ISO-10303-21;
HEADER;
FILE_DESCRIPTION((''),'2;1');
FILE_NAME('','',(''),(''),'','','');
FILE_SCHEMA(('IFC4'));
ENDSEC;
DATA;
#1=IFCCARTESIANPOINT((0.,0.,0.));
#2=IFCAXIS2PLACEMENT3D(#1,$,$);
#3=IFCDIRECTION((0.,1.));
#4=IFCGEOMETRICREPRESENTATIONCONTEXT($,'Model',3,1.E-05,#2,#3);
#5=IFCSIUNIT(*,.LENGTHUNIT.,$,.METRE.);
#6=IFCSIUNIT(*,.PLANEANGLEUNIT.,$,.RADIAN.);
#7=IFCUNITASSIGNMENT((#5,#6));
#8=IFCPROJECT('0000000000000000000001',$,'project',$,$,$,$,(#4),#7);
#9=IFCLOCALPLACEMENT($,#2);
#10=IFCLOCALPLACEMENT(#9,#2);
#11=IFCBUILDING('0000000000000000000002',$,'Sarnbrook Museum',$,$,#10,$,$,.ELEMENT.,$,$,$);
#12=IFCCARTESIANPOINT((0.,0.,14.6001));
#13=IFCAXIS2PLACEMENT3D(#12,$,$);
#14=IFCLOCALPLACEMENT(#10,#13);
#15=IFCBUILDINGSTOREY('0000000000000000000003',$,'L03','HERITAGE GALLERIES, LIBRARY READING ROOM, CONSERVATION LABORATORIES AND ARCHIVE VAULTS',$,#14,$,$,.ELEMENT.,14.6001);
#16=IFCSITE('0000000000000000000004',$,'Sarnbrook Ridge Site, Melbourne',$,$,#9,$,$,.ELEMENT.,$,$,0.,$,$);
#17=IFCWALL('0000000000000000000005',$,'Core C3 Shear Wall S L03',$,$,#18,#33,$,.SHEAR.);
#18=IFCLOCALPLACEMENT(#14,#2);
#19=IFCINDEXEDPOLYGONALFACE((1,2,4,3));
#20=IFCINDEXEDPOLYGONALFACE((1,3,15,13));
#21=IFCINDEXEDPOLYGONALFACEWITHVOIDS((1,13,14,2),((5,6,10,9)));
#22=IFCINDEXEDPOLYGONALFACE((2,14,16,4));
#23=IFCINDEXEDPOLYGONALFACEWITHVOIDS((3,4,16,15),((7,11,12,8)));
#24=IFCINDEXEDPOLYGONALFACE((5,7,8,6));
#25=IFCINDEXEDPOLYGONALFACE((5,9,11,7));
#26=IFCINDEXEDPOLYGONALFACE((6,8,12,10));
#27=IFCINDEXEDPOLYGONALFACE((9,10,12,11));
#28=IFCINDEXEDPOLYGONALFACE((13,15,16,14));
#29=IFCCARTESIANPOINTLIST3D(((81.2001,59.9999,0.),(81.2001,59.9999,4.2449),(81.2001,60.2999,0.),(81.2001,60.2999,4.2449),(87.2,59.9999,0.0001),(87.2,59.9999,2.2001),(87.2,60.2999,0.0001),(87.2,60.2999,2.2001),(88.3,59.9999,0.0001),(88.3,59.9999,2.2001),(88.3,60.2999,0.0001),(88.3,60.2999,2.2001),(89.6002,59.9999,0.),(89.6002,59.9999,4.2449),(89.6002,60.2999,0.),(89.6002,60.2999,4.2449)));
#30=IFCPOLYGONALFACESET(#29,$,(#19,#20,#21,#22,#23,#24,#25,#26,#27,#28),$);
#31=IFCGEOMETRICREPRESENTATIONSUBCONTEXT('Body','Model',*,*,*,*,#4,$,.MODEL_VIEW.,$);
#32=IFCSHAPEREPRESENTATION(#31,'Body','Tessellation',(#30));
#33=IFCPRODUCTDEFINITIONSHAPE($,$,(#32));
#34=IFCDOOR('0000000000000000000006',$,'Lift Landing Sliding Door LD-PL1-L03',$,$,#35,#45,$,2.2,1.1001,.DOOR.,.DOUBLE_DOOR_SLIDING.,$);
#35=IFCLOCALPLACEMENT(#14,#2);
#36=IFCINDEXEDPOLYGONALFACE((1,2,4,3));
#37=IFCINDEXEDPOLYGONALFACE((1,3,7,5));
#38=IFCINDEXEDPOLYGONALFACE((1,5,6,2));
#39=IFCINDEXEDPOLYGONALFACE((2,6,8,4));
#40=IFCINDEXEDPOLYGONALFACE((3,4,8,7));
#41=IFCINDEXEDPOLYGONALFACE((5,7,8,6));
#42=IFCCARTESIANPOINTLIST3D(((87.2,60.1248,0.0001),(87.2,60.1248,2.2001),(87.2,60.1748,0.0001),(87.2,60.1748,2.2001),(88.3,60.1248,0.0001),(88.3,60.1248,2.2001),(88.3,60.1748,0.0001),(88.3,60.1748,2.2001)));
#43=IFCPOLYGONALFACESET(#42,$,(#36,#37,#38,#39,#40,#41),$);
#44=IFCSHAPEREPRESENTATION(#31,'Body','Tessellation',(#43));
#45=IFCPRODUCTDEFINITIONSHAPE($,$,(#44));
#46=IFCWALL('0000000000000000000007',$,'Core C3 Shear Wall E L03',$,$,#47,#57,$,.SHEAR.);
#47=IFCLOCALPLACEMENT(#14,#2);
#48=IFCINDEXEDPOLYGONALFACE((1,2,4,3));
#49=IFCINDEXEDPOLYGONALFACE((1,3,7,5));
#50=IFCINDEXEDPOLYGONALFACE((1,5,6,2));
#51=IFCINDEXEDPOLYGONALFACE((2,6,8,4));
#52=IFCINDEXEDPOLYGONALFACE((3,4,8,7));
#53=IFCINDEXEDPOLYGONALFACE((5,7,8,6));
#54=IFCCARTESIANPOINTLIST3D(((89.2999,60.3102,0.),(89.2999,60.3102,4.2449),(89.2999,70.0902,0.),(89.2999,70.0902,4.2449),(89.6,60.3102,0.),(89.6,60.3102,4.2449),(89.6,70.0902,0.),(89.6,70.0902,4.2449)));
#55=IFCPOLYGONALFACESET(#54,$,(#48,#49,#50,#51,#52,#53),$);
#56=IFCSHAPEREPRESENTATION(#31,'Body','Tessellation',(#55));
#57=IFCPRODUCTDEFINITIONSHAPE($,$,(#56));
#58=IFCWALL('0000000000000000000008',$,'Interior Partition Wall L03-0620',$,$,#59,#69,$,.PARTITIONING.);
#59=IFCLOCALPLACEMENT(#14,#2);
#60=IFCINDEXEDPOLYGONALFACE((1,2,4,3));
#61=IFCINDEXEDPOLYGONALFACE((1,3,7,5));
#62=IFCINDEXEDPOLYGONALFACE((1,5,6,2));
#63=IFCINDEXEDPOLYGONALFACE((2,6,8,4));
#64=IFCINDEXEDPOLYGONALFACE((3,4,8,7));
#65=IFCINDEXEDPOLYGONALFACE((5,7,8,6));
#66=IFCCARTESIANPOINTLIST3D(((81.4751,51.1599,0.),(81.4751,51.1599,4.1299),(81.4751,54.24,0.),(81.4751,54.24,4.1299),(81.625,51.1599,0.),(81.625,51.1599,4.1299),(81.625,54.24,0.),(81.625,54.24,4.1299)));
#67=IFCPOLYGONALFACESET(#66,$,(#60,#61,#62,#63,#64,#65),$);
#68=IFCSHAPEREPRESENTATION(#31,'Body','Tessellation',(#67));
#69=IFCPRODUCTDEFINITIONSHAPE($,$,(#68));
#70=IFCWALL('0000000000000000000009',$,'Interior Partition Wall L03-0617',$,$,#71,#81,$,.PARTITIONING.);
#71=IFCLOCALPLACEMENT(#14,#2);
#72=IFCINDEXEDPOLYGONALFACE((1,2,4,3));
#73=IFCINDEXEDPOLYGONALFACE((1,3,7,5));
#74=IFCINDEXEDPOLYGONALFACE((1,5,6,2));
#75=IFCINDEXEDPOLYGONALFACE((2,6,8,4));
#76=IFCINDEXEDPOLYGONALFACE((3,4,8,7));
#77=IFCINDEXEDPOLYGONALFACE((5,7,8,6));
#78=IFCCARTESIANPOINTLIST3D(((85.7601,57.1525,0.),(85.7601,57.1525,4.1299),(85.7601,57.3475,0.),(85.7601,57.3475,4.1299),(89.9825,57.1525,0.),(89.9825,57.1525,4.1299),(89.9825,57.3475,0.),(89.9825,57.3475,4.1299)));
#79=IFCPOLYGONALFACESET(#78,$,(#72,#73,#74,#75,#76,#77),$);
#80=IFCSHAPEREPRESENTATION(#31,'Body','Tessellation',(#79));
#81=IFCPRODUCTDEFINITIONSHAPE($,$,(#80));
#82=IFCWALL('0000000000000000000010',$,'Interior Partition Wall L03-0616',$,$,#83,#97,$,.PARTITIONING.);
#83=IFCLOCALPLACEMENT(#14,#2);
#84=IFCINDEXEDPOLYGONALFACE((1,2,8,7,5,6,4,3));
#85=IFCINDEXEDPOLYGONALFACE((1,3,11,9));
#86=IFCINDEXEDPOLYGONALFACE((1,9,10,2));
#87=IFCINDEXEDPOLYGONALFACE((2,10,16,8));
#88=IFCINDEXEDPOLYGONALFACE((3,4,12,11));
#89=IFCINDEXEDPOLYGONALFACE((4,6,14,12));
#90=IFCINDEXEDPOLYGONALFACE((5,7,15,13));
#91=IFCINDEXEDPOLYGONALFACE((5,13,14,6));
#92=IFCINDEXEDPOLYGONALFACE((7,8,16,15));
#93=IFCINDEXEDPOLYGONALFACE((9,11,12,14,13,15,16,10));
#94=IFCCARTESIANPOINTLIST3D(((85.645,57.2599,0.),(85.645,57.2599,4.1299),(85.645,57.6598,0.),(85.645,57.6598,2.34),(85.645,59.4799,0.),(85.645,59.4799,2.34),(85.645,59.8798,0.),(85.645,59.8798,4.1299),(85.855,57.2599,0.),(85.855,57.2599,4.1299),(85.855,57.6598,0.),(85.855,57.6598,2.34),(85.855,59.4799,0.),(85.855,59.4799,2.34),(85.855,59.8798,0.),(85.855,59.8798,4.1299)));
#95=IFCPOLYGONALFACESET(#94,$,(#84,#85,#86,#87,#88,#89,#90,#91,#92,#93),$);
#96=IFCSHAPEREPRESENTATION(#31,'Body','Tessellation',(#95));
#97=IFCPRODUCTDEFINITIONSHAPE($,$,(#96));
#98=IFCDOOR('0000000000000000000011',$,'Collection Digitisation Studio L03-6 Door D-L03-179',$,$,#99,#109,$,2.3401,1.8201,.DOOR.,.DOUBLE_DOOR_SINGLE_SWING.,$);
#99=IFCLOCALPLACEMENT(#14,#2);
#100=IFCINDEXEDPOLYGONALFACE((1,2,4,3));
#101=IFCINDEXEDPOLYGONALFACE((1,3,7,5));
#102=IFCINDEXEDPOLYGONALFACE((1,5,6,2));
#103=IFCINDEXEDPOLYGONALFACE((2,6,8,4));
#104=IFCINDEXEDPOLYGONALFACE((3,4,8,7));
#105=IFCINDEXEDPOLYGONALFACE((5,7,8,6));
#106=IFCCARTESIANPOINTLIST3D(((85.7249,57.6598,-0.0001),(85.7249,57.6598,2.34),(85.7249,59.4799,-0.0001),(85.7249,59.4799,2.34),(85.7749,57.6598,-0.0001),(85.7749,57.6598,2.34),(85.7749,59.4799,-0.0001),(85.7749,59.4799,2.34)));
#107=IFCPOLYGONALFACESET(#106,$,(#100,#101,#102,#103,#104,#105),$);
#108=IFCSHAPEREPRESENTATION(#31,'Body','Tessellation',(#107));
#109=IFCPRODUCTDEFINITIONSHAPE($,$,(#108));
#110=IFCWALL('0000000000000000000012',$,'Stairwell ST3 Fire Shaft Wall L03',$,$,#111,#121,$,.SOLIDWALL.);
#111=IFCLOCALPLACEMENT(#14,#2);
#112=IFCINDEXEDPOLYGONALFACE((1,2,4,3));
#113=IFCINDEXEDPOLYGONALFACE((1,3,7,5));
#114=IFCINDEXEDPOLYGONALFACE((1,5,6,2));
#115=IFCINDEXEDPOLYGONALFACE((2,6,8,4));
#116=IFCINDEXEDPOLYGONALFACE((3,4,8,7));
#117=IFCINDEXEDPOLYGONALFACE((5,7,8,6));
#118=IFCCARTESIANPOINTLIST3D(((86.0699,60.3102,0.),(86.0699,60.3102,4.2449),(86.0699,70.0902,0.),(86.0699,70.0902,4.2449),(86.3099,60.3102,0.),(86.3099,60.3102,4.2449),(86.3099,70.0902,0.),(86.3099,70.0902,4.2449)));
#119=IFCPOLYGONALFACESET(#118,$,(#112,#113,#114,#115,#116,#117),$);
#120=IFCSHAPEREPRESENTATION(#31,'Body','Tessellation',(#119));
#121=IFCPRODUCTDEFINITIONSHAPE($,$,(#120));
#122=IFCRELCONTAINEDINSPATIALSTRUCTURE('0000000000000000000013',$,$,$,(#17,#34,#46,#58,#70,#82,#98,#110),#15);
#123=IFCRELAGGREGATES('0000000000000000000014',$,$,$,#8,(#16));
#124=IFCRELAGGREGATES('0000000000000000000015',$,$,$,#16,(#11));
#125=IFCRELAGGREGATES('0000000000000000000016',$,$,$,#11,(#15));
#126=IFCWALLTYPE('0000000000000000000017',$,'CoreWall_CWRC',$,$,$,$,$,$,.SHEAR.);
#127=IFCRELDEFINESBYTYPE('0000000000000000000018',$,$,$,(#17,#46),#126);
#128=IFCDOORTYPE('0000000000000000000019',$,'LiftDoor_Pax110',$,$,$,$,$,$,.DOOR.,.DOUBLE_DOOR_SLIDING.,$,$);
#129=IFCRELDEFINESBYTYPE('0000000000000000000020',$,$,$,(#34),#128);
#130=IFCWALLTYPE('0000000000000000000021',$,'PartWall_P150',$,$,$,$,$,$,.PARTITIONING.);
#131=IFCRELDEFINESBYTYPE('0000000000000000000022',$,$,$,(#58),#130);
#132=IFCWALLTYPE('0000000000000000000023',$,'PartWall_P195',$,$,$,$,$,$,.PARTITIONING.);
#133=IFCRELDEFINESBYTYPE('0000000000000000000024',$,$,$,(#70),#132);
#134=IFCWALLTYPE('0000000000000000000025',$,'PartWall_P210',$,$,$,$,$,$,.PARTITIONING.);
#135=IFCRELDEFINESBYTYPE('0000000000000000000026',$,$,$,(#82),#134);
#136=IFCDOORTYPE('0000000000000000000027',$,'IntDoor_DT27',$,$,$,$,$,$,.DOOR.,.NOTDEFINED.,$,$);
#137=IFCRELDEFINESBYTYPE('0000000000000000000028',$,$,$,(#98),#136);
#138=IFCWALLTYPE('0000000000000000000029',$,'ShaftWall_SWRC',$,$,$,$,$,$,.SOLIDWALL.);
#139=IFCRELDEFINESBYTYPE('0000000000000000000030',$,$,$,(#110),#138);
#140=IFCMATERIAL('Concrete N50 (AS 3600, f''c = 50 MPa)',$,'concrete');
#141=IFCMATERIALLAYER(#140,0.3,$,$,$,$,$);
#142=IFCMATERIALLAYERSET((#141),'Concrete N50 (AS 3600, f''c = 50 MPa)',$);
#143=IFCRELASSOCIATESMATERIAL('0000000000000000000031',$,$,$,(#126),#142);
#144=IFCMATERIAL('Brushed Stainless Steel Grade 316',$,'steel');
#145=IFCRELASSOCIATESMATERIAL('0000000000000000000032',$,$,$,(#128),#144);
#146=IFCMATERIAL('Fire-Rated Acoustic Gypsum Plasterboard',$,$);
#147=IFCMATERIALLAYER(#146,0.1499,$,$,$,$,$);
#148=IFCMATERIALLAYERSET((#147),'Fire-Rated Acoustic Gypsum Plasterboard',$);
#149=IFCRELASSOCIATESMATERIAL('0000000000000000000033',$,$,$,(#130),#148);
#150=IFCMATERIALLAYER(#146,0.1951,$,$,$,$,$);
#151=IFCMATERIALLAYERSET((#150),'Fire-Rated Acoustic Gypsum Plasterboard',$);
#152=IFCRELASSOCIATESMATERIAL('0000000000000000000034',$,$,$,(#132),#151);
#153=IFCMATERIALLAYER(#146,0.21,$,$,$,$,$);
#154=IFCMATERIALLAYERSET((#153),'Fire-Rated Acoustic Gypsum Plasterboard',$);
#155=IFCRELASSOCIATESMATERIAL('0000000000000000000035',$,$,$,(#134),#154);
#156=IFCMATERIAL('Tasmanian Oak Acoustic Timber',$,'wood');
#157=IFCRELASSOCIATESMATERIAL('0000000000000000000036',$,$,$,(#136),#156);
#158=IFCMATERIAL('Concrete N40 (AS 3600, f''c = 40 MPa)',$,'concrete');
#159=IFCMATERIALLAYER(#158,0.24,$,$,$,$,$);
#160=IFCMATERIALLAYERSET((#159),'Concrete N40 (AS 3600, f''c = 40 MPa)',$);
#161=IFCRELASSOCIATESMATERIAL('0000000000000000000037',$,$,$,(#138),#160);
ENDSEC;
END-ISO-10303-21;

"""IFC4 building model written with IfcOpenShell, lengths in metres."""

from ifc_helpers import new_model, si_unit, direction, frame, frame_2d, origin, place, context, subcontext, project, spatial, rectangle, extrude, material, layer, layer_set, type_object, element, fill, save


model = new_model("IFC4")

# Units and contexts
model_context = context("Model", 3, precision=1e-05, world=origin(), true_north=direction((0.0, 1.0)))
body_context = subcontext(model_context, "Body", "Model", "MODEL_VIEW")
ifc_project = project(units=[si_unit("LENGTHUNIT", "METRE"), si_unit("PLANEANGLEUNIT", "RADIAN")], contexts=[model_context])

# Site, building, storey
site_placement = place(None, origin())
site = spatial("IfcSite", under=ifc_project, at=site_placement, Name="Sarnbrook Ridge Site, Melbourne", CompositionType="ELEMENT", RefElevation=0.0)
building_placement = place(site_placement, origin())
building = spatial("IfcBuilding", under=site, at=building_placement, Name="Sarnbrook Museum", CompositionType="ELEMENT")
storey_placement = place(building_placement, frame((0.0, 0.0, 14.6001)))
storey = spatial("IfcBuildingStorey", under=building, at=storey_placement, Name="L03", Description="HERITAGE GALLERIES, LIBRARY READING ROOM, CONSERVATION LABORATORIES AND ARCHIVE VAULTS", CompositionType="ELEMENT", Elevation=14.6001)

# Wall, opening, door
ifc_material_1 = material(Name="Concrete N50 (AS 3600, f'c = 50 MPa)", Category="concrete")
ifc_layer_1 = layer(ifc_material_1, 0.3)
ifc_layer_set_1 = layer_set([ifc_layer_1], Name="Concrete N50 (AS 3600, f'c = 50 MPa)")
wall_type_1 = type_object("IfcWallType", Name="CoreWall_CWRC", PredefinedType="SHEAR", material=ifc_layer_set_1)
wall_1_placement = place(storey_placement, frame((81.2, 60.1499, 0.0), z_axis=(0.0, 0.0, 1.0), x_axis=(1.0, 0.0, 0.0)))
wall_1 = element("IfcWall", 1, at=wall_1_placement, inside=storey, type_object=wall_type_1, Name="Core C3 Shear Wall S L03", PredefinedType="SHEAR", context=body_context, shape_type="SweptSolid", body=[
    extrude(rectangle(XDim=8.4001, YDim=0.3, at=frame_2d((4.2002, 0.0))), origin(), (0.0, 0.0, 1.0), 4.2449),
])
opening_1_placement = place(wall_1_placement, frame((6.0, 0.0, 0.0)))
opening_1 = element("IfcOpeningElement", 2, at=opening_1_placement, cuts=wall_1, PredefinedType="OPENING", context=body_context, shape_type="SweptSolid", body=[
    extrude(rectangle(XDim=1.1001, YDim=2.2, at=frame_2d((0.55, 1.1001))), frame((0.0, 0.1602, 0.0), z_axis=(0.0, -1.0, 0.0), x_axis=(1.0, 0.0, 0.0)), (0.0, 0.0, 1.0), 0.3201),
])
ifc_material_2 = material(Name="Brushed Stainless Steel Grade 316", Category="steel")
door_type_1 = type_object("IfcDoorType", Name="LiftDoor_Pax110", OperationType="DOUBLE_DOOR_SLIDING", PredefinedType="DOOR", material=ifc_material_2)
door_1_placement = place(opening_1_placement, origin())
door_1 = element("IfcDoor", 3, at=door_1_placement, inside=storey, type_object=door_type_1, Name="Lift Landing Sliding Door LD-PL1-L03", OperationType="DOUBLE_DOOR_SLIDING", OverallHeight=2.2, OverallWidth=1.1001, PredefinedType="DOOR", context=body_context, shape_type="SweptSolid", body=[
    extrude(rectangle(XDim=1.1001, YDim=2.2, at=frame_2d((0.55, 1.1001))), frame((0.0, 0.0249, 0.0), z_axis=(0.0, -1.0, 0.0), x_axis=(1.0, 0.0, 0.0)), (0.0, 0.0, 1.0), 0.05),
])
fill(opening_1, door_1)

# Walls
wall_2_placement = place(storey_placement, frame((89.45, 60.3101, 0.0), z_axis=(0.0, 0.0, 1.0), x_axis=(0.0, 1.0, 0.0)))
element("IfcWall", 4, at=wall_2_placement, inside=storey, type_object=wall_type_1, Name="Core C3 Shear Wall E L03", PredefinedType="SHEAR", context=body_context, shape_type="SweptSolid", body=[
    extrude(rectangle(XDim=9.78, YDim=0.3, at=frame_2d((4.8901, 0.0))), origin(), (0.0, 0.0, 1.0), 4.2449),
])
ifc_material_3 = material(Name="Fire-Rated Acoustic Gypsum Plasterboard")
ifc_layer_2 = layer(ifc_material_3, 0.1499)
ifc_layer_set_2 = layer_set([ifc_layer_2], Name="Fire-Rated Acoustic Gypsum Plasterboard")
wall_type_2 = type_object("IfcWallType", Name="PartWall_P150", PredefinedType="PARTITIONING", material=ifc_layer_set_2)
wall_3_placement = place(storey_placement, frame((81.55, 54.24, 0.0), z_axis=(0.0, 0.0, 1.0), x_axis=(0.0, -1.0, 0.0)))
element("IfcWall", 5, at=wall_3_placement, inside=storey, type_object=wall_type_2, Name="Interior Partition Wall L03-0620", PredefinedType="PARTITIONING", context=body_context, shape_type="SweptSolid", body=[
    extrude(rectangle(XDim=3.0801, YDim=0.1499, at=frame_2d((1.54, 0.0))), origin(), (0.0, 0.0, 1.0), 4.1299),
])
ifc_layer_3 = layer(ifc_material_3, 0.1951)
ifc_layer_set_3 = layer_set([ifc_layer_3], Name="Fire-Rated Acoustic Gypsum Plasterboard")
wall_type_3 = type_object("IfcWallType", Name="PartWall_P195", PredefinedType="PARTITIONING", material=ifc_layer_set_3)
wall_4_placement = place(storey_placement, frame((85.76, 57.25, 0.0), z_axis=(0.0, 0.0, 1.0), x_axis=(1.0, 0.0, 0.0)))
element("IfcWall", 6, at=wall_4_placement, inside=storey, type_object=wall_type_3, Name="Interior Partition Wall L03-0617", PredefinedType="PARTITIONING", context=body_context, shape_type="SweptSolid", body=[
    extrude(rectangle(XDim=4.2224, YDim=0.1951, at=frame_2d((2.1113, 0.0))), origin(), (0.0, 0.0, 1.0), 4.1299),
])

# Wall, opening, door
ifc_layer_4 = layer(ifc_material_3, 0.21)
ifc_layer_set_4 = layer_set([ifc_layer_4], Name="Fire-Rated Acoustic Gypsum Plasterboard")
wall_type_4 = type_object("IfcWallType", Name="PartWall_P210", PredefinedType="PARTITIONING", material=ifc_layer_set_4)
wall_5_placement = place(storey_placement, frame((85.75, 59.8799, 0.0), z_axis=(0.0, 0.0, 1.0), x_axis=(0.0, -1.0, 0.0)))
wall_5 = element("IfcWall", 7, at=wall_5_placement, inside=storey, type_object=wall_type_4, Name="Interior Partition Wall L03-0616", PredefinedType="PARTITIONING", context=body_context, shape_type="SweptSolid", body=[
    extrude(rectangle(XDim=2.6199, YDim=0.21, at=frame_2d((1.3101, 0.0))), origin(), (0.0, 0.0, 1.0), 4.1299),
])
opening_2_placement = place(wall_5_placement, frame((0.3999, 0.0, 0.0)))
opening_2 = element("IfcOpeningElement", 8, at=opening_2_placement, cuts=wall_5, PredefinedType="OPENING", context=body_context, shape_type="SweptSolid", body=[
    extrude(rectangle(XDim=1.8201, YDim=2.3401, at=frame_2d((0.9102, 1.1699))), frame((0.0, 0.115, 0.0), z_axis=(0.0, -1.0, 0.0), x_axis=(1.0, 0.0, 0.0)), (0.0, 0.0, 1.0), 0.23),
])
ifc_material_4 = material(Name="Tasmanian Oak Acoustic Timber", Category="wood")
door_type_2 = type_object("IfcDoorType", Name="IntDoor_DT27", OperationType="NOTDEFINED", PredefinedType="DOOR", material=ifc_material_4)
door_2_placement = place(opening_2_placement, origin())
door_2 = element("IfcDoor", 9, at=door_2_placement, inside=storey, type_object=door_type_2, Name="Collection Digitisation Studio L03-6 Door D-L03-179", OperationType="DOUBLE_DOOR_SINGLE_SWING", OverallHeight=2.3401, OverallWidth=1.8201, PredefinedType="DOOR", context=body_context, shape_type="SweptSolid", body=[
    extrude(rectangle(XDim=1.8201, YDim=2.3401, at=frame_2d((0.9102, 1.1699))), frame((0.0, 0.0249, 0.0), z_axis=(0.0, -1.0, 0.0), x_axis=(1.0, 0.0, 0.0)), (0.0, 0.0, 1.0), 0.05),
])
fill(opening_2, door_2)

# Wall
ifc_material_5 = material(Name="Concrete N40 (AS 3600, f'c = 40 MPa)", Category="concrete")
ifc_layer_5 = layer(ifc_material_5, 0.24)
ifc_layer_set_5 = layer_set([ifc_layer_5], Name="Concrete N40 (AS 3600, f'c = 40 MPa)")
wall_type_5 = type_object("IfcWallType", Name="ShaftWall_SWRC", PredefinedType="SOLIDWALL", material=ifc_layer_set_5)
wall_6_placement = place(storey_placement, frame((86.1899, 60.3101, 0.0), z_axis=(0.0, 0.0, 1.0), x_axis=(0.0, 1.0, 0.0)))
element("IfcWall", 10, at=wall_6_placement, inside=storey, type_object=wall_type_5, Name="Stairwell ST3 Fire Shaft Wall L03", PredefinedType="SOLIDWALL", context=body_context, shape_type="SweptSolid", body=[
    extrude(rectangle(XDim=9.78, YDim=0.24, at=frame_2d((4.8901, 0.0))), origin(), (0.0, 0.0, 1.0), 4.2449),
])

save(model, "model.ifc")
